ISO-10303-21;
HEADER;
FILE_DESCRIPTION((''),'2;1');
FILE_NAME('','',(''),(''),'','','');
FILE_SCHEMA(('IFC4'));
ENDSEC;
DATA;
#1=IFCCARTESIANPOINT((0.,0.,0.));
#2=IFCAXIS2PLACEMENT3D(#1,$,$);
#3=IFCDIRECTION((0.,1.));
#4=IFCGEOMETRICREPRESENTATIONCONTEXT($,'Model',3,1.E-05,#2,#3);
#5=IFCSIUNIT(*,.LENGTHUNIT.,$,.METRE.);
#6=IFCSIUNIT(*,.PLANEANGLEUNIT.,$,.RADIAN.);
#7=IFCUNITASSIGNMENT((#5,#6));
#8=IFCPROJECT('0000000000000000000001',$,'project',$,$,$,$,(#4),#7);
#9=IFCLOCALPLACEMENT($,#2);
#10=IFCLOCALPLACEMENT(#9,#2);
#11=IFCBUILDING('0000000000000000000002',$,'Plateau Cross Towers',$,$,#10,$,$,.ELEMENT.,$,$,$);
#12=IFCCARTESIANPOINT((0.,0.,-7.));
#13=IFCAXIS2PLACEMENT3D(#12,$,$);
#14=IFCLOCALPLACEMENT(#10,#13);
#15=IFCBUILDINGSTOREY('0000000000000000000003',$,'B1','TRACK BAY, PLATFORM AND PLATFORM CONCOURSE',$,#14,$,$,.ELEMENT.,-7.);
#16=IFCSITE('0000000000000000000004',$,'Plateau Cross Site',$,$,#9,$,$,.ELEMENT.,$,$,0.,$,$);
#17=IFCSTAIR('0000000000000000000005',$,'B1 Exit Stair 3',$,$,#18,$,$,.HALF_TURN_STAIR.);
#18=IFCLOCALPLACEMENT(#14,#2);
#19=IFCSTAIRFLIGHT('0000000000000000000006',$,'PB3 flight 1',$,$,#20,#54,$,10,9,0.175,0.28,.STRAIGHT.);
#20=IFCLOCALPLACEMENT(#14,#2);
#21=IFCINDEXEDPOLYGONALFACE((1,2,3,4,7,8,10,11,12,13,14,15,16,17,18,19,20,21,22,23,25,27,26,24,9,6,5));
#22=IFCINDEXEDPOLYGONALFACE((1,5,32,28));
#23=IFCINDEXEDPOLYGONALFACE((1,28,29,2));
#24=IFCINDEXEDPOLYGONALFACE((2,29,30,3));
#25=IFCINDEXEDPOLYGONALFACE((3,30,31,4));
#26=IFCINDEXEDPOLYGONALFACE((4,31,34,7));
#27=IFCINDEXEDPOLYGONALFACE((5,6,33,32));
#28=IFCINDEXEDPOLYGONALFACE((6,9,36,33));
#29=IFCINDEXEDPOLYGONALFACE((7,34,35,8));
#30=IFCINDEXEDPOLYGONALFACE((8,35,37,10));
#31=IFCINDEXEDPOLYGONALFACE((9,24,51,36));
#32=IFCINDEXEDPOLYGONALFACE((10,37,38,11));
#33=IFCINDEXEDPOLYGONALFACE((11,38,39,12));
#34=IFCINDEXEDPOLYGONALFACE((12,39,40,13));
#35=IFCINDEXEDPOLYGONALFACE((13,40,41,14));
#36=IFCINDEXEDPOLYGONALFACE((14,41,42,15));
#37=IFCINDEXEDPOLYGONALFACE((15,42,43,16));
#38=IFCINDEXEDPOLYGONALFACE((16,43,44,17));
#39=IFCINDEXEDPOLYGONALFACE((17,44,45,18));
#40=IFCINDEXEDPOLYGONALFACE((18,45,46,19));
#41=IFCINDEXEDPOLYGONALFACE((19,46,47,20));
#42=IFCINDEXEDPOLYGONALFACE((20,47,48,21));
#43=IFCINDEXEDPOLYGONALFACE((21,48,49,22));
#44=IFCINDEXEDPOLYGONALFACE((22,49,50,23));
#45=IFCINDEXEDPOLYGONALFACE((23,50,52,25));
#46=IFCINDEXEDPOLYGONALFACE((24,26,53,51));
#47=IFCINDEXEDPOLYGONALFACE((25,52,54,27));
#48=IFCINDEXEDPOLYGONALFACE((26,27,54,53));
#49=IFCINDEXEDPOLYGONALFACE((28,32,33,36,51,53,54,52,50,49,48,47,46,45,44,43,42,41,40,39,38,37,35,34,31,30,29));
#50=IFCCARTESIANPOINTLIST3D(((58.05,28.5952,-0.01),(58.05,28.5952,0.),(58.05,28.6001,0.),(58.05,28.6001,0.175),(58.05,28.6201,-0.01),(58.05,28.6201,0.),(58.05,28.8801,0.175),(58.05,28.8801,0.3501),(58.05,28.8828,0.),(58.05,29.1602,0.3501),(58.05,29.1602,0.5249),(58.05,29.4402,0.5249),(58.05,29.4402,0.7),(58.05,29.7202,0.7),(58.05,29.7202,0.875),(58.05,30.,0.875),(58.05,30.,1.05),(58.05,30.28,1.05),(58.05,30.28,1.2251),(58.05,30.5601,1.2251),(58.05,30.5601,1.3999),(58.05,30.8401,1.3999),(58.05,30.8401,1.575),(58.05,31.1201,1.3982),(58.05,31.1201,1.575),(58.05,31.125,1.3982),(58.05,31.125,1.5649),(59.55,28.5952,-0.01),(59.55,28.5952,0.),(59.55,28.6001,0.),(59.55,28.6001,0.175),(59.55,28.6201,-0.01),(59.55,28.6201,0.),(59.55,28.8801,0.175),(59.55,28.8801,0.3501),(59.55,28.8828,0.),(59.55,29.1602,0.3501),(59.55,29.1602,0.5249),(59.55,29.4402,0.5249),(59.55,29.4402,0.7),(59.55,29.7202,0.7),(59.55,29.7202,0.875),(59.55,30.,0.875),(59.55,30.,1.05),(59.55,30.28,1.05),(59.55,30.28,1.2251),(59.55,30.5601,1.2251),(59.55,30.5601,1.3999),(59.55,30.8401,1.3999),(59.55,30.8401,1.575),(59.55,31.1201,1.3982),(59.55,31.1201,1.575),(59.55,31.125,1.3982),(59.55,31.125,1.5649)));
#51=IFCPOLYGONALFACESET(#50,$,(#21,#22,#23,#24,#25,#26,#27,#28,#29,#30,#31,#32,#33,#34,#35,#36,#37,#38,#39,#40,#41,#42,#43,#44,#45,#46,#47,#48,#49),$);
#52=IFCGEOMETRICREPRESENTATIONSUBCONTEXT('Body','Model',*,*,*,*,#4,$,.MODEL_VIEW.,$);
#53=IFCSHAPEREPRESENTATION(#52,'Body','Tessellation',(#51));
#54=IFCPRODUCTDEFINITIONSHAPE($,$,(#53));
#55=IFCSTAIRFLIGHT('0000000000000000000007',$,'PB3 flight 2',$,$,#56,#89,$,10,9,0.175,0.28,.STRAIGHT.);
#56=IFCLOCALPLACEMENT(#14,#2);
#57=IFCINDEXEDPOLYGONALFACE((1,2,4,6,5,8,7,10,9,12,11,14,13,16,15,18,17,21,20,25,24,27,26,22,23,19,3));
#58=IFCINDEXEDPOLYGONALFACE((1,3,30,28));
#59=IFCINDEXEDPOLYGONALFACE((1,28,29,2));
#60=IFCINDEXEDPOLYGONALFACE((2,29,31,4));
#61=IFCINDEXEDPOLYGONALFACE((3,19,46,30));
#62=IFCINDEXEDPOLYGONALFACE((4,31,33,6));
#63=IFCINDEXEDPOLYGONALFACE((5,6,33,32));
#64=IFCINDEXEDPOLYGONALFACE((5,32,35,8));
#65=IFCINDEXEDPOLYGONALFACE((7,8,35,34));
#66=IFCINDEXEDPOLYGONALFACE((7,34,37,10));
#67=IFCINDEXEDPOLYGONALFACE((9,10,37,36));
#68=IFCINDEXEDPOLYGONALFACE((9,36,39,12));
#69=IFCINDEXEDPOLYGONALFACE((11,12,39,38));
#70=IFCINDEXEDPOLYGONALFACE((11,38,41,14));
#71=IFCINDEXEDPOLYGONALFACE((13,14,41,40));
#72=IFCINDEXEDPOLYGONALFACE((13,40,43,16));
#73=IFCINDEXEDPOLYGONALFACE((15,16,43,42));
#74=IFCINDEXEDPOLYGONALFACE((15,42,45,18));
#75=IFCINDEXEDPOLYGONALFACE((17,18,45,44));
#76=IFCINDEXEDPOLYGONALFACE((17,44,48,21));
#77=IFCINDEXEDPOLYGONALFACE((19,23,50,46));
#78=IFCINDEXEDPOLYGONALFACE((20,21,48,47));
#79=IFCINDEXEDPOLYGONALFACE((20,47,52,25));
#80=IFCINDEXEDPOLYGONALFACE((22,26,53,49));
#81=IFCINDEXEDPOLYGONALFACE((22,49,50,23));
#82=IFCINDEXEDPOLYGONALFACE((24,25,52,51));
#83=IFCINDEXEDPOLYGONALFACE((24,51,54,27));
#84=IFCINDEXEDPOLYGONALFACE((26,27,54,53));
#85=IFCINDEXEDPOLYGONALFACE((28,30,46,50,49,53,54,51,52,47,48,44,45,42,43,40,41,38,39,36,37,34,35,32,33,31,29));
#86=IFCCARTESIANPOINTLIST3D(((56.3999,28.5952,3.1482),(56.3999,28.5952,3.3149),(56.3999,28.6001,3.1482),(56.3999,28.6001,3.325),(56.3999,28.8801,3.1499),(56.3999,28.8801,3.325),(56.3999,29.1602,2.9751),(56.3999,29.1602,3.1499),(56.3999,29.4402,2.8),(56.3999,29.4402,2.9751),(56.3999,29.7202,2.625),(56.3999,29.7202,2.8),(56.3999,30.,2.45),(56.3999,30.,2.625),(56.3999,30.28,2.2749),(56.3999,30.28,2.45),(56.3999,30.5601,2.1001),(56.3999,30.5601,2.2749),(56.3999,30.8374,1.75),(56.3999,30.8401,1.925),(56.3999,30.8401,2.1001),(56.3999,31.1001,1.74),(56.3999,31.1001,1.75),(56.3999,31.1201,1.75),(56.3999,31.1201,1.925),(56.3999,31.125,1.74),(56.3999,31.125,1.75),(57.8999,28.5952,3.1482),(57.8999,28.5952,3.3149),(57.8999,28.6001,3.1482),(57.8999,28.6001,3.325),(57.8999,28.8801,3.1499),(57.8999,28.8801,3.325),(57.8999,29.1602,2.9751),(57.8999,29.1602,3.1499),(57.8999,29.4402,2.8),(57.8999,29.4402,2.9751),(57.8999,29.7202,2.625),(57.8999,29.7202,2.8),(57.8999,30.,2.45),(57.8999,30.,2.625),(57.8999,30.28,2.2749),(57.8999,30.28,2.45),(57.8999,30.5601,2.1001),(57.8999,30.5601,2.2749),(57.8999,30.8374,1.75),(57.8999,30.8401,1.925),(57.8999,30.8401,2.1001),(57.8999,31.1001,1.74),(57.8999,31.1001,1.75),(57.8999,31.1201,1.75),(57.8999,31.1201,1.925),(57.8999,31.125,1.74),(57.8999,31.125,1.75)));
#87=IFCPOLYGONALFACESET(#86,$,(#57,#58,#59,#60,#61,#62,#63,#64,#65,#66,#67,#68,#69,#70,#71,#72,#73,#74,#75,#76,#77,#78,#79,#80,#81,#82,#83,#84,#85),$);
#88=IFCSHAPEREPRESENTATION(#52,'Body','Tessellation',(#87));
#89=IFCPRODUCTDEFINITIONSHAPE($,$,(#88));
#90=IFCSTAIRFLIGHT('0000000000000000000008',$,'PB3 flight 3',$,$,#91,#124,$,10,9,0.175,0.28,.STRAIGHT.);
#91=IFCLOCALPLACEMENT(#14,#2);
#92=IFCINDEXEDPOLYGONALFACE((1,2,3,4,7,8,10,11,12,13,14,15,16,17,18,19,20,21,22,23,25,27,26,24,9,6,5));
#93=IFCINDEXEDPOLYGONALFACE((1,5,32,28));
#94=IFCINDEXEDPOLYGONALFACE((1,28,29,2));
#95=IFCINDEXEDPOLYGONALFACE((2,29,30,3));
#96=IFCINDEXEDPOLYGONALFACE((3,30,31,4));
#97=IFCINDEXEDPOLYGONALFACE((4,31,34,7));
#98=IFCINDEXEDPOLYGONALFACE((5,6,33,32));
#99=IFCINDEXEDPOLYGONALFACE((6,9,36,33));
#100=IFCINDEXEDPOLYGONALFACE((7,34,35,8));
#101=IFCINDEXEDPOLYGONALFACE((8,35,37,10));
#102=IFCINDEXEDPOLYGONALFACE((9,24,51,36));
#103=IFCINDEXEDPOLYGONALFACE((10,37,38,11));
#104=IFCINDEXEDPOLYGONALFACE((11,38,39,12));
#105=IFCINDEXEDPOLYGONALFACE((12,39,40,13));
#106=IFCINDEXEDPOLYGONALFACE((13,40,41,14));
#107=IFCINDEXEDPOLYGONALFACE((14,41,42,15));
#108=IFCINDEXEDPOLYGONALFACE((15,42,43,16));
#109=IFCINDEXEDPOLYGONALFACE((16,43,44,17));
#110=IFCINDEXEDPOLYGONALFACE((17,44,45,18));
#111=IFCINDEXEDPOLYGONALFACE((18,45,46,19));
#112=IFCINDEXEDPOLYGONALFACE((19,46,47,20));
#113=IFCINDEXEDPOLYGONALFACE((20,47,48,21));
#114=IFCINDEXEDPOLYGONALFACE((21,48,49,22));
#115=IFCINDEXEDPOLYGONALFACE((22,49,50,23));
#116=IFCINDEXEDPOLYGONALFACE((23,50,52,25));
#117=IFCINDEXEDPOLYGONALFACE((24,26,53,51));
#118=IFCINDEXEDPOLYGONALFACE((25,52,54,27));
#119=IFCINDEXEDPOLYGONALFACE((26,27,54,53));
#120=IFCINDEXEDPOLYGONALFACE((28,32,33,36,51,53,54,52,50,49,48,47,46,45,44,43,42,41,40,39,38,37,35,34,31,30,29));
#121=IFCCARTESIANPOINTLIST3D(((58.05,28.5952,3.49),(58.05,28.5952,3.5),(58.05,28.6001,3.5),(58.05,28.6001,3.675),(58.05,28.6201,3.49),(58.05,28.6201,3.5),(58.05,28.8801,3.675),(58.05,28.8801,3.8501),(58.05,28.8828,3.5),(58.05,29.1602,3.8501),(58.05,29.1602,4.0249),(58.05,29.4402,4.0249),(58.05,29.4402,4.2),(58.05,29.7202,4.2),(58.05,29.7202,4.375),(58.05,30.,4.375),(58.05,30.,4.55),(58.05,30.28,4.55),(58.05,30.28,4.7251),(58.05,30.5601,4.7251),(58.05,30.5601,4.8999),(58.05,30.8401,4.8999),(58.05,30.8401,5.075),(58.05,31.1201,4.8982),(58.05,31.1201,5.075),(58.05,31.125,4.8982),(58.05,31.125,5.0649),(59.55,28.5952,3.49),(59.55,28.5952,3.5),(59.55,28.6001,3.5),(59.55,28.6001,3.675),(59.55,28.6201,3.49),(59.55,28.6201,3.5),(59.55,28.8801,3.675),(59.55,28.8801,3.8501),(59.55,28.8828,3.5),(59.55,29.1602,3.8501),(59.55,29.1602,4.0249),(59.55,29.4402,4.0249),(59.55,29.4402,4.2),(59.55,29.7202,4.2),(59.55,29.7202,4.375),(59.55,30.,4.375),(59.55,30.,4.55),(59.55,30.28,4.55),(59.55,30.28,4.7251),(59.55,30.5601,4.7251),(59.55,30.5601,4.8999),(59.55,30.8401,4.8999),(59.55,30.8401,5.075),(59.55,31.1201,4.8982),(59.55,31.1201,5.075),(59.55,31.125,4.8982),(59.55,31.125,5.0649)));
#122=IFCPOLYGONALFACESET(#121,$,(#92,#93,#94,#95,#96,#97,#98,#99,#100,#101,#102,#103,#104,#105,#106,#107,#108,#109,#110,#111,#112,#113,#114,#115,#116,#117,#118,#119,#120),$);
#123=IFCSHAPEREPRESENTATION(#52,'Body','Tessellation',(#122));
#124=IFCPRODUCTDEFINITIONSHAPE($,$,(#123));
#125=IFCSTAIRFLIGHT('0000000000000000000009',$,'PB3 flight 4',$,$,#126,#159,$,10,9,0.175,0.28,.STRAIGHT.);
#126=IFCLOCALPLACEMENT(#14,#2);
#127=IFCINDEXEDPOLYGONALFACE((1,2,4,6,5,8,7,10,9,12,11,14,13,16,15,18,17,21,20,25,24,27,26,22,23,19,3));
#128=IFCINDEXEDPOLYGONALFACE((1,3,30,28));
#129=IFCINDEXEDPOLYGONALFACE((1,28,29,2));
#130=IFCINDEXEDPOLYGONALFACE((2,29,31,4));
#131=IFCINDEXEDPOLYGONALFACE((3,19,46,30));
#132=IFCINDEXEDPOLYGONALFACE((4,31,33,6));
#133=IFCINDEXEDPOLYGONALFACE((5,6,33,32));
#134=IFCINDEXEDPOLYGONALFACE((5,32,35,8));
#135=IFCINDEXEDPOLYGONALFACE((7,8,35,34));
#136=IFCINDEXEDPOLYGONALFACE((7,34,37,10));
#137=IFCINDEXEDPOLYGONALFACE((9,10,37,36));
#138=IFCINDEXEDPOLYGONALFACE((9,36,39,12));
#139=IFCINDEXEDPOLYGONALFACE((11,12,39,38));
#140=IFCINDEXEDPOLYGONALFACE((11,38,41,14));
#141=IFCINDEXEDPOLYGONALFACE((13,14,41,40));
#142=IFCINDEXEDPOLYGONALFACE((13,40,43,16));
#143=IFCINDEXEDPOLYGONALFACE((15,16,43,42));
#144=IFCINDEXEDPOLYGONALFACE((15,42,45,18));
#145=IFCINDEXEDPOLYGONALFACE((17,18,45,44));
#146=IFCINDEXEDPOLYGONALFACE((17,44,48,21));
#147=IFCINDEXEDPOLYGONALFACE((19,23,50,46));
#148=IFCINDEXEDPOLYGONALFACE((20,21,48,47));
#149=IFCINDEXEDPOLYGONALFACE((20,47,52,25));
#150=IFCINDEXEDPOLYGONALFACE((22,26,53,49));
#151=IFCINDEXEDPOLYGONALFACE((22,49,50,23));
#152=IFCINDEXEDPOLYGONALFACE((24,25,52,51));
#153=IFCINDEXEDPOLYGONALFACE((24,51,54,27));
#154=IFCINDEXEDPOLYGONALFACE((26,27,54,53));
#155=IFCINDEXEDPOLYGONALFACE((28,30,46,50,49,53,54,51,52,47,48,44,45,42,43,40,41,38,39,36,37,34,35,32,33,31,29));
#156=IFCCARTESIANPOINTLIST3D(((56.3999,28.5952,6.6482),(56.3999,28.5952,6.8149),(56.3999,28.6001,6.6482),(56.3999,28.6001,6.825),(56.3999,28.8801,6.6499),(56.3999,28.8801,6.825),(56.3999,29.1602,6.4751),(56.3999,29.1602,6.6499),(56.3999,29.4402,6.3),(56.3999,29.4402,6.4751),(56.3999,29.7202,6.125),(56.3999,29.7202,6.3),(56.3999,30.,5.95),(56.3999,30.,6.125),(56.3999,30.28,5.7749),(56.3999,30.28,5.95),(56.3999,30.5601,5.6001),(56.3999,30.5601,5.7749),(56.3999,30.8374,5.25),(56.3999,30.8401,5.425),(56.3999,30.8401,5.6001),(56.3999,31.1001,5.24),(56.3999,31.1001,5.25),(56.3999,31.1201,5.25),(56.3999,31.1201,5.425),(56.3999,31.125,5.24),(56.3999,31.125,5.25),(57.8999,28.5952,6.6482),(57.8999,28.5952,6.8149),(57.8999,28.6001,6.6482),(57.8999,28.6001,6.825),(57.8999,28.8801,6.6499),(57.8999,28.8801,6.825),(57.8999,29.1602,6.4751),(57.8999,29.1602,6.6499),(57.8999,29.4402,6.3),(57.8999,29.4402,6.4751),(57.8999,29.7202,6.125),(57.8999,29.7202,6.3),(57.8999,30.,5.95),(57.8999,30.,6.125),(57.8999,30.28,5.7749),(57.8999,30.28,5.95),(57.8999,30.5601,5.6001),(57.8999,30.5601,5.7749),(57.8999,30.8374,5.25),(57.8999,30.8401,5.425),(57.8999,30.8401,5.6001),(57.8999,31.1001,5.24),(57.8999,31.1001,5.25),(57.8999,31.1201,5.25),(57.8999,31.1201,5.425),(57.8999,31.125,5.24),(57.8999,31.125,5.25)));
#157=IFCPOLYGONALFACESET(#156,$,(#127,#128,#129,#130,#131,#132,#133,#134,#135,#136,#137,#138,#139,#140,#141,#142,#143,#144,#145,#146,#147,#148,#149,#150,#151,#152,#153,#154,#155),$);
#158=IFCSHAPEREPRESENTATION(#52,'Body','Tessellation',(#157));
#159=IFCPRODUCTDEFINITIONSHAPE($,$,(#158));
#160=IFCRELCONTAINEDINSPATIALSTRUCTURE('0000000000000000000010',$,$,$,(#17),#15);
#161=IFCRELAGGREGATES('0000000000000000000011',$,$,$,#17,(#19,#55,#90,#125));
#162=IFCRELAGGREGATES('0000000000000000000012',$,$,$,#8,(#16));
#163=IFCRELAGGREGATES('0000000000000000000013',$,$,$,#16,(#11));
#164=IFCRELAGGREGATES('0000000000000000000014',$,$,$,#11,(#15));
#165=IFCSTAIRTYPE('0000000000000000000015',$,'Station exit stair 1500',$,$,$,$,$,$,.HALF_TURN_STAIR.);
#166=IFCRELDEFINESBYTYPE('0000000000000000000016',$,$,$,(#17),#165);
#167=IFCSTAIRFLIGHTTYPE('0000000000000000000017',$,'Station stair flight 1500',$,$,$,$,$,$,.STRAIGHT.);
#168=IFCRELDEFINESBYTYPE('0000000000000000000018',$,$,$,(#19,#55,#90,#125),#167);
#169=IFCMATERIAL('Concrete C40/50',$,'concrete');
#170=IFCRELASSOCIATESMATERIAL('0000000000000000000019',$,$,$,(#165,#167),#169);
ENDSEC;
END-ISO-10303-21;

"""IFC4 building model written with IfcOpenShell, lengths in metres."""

from ifc_helpers import new_model, si_unit, direction, frame, origin, place, context, subcontext, project, spatial, polyline, outline, extrude, material, type_object, element, aggregate, save


model = new_model("IFC4")

# Units and contexts
model_context = context("Model", 3, precision=1e-05, world=origin(), true_north=direction((0.0, 1.0)))
body_context = subcontext(model_context, "Body", "Model", "MODEL_VIEW")
ifc_project = project(units=[si_unit("LENGTHUNIT", "METRE"), si_unit("PLANEANGLEUNIT", "RADIAN")], contexts=[model_context])

# Site, building, storey
site_placement = place(None, origin())
site = spatial("IfcSite", under=ifc_project, at=site_placement, Name="Plateau Cross Site", CompositionType="ELEMENT", RefElevation=0.0)
building_placement = place(site_placement, origin())
building = spatial("IfcBuilding", under=site, at=building_placement, Name="Plateau Cross Towers", CompositionType="ELEMENT")
storey_placement = place(building_placement, frame((0.0, 0.0, -7.0)))
storey = spatial("IfcBuildingStorey", under=building, at=storey_placement, Name="B1", Description="TRACK BAY, PLATFORM AND PLATFORM CONCOURSE", CompositionType="ELEMENT", Elevation=-7.0)

# Shared definitions
ifc_material_1 = material(Name="Concrete C40/50", Category="concrete")

# Stair, stair flights
stair_type = type_object("IfcStairType", Name="Station exit stair 1500", PredefinedType="HALF_TURN_STAIR", material=ifc_material_1)
stair_placement = place(storey_placement, origin())
stair = element("IfcStair", 1, at=stair_placement, inside=storey, type_object=stair_type, Name="B1 Exit Stair 3", PredefinedType="HALF_TURN_STAIR")
stair_flight_type = type_object("IfcStairFlightType", Name="Station stair flight 1500", PredefinedType="STRAIGHT", material=ifc_material_1)
stair_flight_1_placement = place(storey_placement, frame((58.8, 28.6001, 0.0), z_axis=(0.0, 0.0, 1.0), x_axis=(0.0, 1.0, 0.0)))
stair_flight_1 = element("IfcStairFlight", 2, at=stair_flight_1_placement, type_object=stair_flight_type, Name="PB3 flight 1", NumberOfRisers=10, NumberOfTreads=9, PredefinedType="STRAIGHT", RiserHeight=0.175, TreadLength=0.28, context=body_context, shape_type="SweptSolid", body=[
    extrude(outline(polyline([(-0.0049, -0.01), (-0.0049, 0.0), (0.0, 0.0), (0.0, 0.175), (0.28, 0.175), (0.28, 0.3501), (0.5601, 0.3501), (0.5601, 0.5249), (0.8401, 0.5249), (0.8401, 0.7), (1.1201, 0.7), (1.1201, 0.875), (1.3999, 0.875), (1.3999, 1.05), (1.6799, 1.05), (1.6799, 1.2251), (1.96, 1.2251), (1.96, 1.3999), (2.24, 1.3999), (2.24, 1.575), (2.52, 1.575), (2.5249, 1.5649), (2.5249, 1.3982), (2.52, 1.3982), (0.2827, 0.0), (0.02, 0.0), (0.02, -0.01), (-0.0049, -0.01)])), frame((0.0, 0.75, 0.0), z_axis=(0.0, -1.0, 0.0), x_axis=(1.0, 0.0, 0.0)), (0.0, 0.0, 1.0), 1.5),
])
stair_flight_2_placement = place(storey_placement, frame((57.1499, 31.1201, 1.75), z_axis=(0.0, 0.0, 1.0), x_axis=(0.0, -1.0, 0.0)))
stair_flight_2 = element("IfcStairFlight", 3, at=stair_flight_2_placement, type_object=stair_flight_type, Name="PB3 flight 2", NumberOfRisers=10, NumberOfTreads=9, PredefinedType="STRAIGHT", RiserHeight=0.175, TreadLength=0.28, context=body_context, shape_type="SweptSolid", body=[
    extrude(outline(polyline([(-0.0049, -0.01), (-0.0049, 0.0), (0.0, 0.0), (0.0, 0.175), (0.28, 0.175), (0.28, 0.3501), (0.5601, 0.3501), (0.5601, 0.5249), (0.8401, 0.5249), (0.8401, 0.7), (1.1201, 0.7), (1.1201, 0.875), (1.3999, 0.875), (1.3999, 1.05), (1.6799, 1.05), (1.6799, 1.2251), (1.96, 1.2251), (1.96, 1.3999), (2.24, 1.3999), (2.24, 1.575), (2.52, 1.575), (2.5249, 1.5649), (2.5249, 1.3982), (2.52, 1.3982), (0.2827, 0.0), (0.02, 0.0), (0.02, -0.01), (-0.0049, -0.01)])), frame((0.0, 0.75, 0.0), z_axis=(0.0, -1.0, 0.0), x_axis=(1.0, 0.0, 0.0)), (0.0, 0.0, 1.0), 1.5),
])
stair_flight_3_placement = place(storey_placement, frame((58.8, 28.6001, 3.5), z_axis=(0.0, 0.0, 1.0), x_axis=(0.0, 1.0, 0.0)))
stair_flight_3 = element("IfcStairFlight", 4, at=stair_flight_3_placement, type_object=stair_flight_type, Name="PB3 flight 3", NumberOfRisers=10, NumberOfTreads=9, PredefinedType="STRAIGHT", RiserHeight=0.175, TreadLength=0.28, context=body_context, shape_type="SweptSolid", body=[
    extrude(outline(polyline([(-0.0049, -0.01), (-0.0049, 0.0), (0.0, 0.0), (0.0, 0.175), (0.28, 0.175), (0.28, 0.3501), (0.5601, 0.3501), (0.5601, 0.5249), (0.8401, 0.5249), (0.8401, 0.7), (1.1201, 0.7), (1.1201, 0.875), (1.3999, 0.875), (1.3999, 1.05), (1.6799, 1.05), (1.6799, 1.2251), (1.96, 1.2251), (1.96, 1.3999), (2.24, 1.3999), (2.24, 1.575), (2.52, 1.575), (2.5249, 1.5649), (2.5249, 1.3982), (2.52, 1.3982), (0.2827, 0.0), (0.02, 0.0), (0.02, -0.01), (-0.0049, -0.01)])), frame((0.0, 0.75, 0.0), z_axis=(0.0, -1.0, 0.0), x_axis=(1.0, 0.0, 0.0)), (0.0, 0.0, 1.0), 1.5),
])
stair_flight_4_placement = place(storey_placement, frame((57.1499, 31.1201, 5.25), z_axis=(0.0, 0.0, 1.0), x_axis=(0.0, -1.0, 0.0)))
stair_flight_4 = element("IfcStairFlight", 5, at=stair_flight_4_placement, type_object=stair_flight_type, Name="PB3 flight 4", NumberOfRisers=10, NumberOfTreads=9, PredefinedType="STRAIGHT", RiserHeight=0.175, TreadLength=0.28, context=body_context, shape_type="SweptSolid", body=[
    extrude(outline(polyline([(-0.0049, -0.01), (-0.0049, 0.0), (0.0, 0.0), (0.0, 0.175), (0.28, 0.175), (0.28, 0.3501), (0.5601, 0.3501), (0.5601, 0.5249), (0.8401, 0.5249), (0.8401, 0.7), (1.1201, 0.7), (1.1201, 0.875), (1.3999, 0.875), (1.3999, 1.05), (1.6799, 1.05), (1.6799, 1.2251), (1.96, 1.2251), (1.96, 1.3999), (2.24, 1.3999), (2.24, 1.575), (2.52, 1.575), (2.5249, 1.5649), (2.5249, 1.3982), (2.52, 1.3982), (0.2827, 0.0), (0.02, 0.0), (0.02, -0.01), (-0.0049, -0.01)])), frame((0.0, 0.75, 0.0), z_axis=(0.0, -1.0, 0.0), x_axis=(1.0, 0.0, 0.0)), (0.0, 0.0, 1.0), 1.5),
])
aggregate(stair, [stair_flight_1, stair_flight_2, stair_flight_3, stair_flight_4])

save(model, "model.ifc")
